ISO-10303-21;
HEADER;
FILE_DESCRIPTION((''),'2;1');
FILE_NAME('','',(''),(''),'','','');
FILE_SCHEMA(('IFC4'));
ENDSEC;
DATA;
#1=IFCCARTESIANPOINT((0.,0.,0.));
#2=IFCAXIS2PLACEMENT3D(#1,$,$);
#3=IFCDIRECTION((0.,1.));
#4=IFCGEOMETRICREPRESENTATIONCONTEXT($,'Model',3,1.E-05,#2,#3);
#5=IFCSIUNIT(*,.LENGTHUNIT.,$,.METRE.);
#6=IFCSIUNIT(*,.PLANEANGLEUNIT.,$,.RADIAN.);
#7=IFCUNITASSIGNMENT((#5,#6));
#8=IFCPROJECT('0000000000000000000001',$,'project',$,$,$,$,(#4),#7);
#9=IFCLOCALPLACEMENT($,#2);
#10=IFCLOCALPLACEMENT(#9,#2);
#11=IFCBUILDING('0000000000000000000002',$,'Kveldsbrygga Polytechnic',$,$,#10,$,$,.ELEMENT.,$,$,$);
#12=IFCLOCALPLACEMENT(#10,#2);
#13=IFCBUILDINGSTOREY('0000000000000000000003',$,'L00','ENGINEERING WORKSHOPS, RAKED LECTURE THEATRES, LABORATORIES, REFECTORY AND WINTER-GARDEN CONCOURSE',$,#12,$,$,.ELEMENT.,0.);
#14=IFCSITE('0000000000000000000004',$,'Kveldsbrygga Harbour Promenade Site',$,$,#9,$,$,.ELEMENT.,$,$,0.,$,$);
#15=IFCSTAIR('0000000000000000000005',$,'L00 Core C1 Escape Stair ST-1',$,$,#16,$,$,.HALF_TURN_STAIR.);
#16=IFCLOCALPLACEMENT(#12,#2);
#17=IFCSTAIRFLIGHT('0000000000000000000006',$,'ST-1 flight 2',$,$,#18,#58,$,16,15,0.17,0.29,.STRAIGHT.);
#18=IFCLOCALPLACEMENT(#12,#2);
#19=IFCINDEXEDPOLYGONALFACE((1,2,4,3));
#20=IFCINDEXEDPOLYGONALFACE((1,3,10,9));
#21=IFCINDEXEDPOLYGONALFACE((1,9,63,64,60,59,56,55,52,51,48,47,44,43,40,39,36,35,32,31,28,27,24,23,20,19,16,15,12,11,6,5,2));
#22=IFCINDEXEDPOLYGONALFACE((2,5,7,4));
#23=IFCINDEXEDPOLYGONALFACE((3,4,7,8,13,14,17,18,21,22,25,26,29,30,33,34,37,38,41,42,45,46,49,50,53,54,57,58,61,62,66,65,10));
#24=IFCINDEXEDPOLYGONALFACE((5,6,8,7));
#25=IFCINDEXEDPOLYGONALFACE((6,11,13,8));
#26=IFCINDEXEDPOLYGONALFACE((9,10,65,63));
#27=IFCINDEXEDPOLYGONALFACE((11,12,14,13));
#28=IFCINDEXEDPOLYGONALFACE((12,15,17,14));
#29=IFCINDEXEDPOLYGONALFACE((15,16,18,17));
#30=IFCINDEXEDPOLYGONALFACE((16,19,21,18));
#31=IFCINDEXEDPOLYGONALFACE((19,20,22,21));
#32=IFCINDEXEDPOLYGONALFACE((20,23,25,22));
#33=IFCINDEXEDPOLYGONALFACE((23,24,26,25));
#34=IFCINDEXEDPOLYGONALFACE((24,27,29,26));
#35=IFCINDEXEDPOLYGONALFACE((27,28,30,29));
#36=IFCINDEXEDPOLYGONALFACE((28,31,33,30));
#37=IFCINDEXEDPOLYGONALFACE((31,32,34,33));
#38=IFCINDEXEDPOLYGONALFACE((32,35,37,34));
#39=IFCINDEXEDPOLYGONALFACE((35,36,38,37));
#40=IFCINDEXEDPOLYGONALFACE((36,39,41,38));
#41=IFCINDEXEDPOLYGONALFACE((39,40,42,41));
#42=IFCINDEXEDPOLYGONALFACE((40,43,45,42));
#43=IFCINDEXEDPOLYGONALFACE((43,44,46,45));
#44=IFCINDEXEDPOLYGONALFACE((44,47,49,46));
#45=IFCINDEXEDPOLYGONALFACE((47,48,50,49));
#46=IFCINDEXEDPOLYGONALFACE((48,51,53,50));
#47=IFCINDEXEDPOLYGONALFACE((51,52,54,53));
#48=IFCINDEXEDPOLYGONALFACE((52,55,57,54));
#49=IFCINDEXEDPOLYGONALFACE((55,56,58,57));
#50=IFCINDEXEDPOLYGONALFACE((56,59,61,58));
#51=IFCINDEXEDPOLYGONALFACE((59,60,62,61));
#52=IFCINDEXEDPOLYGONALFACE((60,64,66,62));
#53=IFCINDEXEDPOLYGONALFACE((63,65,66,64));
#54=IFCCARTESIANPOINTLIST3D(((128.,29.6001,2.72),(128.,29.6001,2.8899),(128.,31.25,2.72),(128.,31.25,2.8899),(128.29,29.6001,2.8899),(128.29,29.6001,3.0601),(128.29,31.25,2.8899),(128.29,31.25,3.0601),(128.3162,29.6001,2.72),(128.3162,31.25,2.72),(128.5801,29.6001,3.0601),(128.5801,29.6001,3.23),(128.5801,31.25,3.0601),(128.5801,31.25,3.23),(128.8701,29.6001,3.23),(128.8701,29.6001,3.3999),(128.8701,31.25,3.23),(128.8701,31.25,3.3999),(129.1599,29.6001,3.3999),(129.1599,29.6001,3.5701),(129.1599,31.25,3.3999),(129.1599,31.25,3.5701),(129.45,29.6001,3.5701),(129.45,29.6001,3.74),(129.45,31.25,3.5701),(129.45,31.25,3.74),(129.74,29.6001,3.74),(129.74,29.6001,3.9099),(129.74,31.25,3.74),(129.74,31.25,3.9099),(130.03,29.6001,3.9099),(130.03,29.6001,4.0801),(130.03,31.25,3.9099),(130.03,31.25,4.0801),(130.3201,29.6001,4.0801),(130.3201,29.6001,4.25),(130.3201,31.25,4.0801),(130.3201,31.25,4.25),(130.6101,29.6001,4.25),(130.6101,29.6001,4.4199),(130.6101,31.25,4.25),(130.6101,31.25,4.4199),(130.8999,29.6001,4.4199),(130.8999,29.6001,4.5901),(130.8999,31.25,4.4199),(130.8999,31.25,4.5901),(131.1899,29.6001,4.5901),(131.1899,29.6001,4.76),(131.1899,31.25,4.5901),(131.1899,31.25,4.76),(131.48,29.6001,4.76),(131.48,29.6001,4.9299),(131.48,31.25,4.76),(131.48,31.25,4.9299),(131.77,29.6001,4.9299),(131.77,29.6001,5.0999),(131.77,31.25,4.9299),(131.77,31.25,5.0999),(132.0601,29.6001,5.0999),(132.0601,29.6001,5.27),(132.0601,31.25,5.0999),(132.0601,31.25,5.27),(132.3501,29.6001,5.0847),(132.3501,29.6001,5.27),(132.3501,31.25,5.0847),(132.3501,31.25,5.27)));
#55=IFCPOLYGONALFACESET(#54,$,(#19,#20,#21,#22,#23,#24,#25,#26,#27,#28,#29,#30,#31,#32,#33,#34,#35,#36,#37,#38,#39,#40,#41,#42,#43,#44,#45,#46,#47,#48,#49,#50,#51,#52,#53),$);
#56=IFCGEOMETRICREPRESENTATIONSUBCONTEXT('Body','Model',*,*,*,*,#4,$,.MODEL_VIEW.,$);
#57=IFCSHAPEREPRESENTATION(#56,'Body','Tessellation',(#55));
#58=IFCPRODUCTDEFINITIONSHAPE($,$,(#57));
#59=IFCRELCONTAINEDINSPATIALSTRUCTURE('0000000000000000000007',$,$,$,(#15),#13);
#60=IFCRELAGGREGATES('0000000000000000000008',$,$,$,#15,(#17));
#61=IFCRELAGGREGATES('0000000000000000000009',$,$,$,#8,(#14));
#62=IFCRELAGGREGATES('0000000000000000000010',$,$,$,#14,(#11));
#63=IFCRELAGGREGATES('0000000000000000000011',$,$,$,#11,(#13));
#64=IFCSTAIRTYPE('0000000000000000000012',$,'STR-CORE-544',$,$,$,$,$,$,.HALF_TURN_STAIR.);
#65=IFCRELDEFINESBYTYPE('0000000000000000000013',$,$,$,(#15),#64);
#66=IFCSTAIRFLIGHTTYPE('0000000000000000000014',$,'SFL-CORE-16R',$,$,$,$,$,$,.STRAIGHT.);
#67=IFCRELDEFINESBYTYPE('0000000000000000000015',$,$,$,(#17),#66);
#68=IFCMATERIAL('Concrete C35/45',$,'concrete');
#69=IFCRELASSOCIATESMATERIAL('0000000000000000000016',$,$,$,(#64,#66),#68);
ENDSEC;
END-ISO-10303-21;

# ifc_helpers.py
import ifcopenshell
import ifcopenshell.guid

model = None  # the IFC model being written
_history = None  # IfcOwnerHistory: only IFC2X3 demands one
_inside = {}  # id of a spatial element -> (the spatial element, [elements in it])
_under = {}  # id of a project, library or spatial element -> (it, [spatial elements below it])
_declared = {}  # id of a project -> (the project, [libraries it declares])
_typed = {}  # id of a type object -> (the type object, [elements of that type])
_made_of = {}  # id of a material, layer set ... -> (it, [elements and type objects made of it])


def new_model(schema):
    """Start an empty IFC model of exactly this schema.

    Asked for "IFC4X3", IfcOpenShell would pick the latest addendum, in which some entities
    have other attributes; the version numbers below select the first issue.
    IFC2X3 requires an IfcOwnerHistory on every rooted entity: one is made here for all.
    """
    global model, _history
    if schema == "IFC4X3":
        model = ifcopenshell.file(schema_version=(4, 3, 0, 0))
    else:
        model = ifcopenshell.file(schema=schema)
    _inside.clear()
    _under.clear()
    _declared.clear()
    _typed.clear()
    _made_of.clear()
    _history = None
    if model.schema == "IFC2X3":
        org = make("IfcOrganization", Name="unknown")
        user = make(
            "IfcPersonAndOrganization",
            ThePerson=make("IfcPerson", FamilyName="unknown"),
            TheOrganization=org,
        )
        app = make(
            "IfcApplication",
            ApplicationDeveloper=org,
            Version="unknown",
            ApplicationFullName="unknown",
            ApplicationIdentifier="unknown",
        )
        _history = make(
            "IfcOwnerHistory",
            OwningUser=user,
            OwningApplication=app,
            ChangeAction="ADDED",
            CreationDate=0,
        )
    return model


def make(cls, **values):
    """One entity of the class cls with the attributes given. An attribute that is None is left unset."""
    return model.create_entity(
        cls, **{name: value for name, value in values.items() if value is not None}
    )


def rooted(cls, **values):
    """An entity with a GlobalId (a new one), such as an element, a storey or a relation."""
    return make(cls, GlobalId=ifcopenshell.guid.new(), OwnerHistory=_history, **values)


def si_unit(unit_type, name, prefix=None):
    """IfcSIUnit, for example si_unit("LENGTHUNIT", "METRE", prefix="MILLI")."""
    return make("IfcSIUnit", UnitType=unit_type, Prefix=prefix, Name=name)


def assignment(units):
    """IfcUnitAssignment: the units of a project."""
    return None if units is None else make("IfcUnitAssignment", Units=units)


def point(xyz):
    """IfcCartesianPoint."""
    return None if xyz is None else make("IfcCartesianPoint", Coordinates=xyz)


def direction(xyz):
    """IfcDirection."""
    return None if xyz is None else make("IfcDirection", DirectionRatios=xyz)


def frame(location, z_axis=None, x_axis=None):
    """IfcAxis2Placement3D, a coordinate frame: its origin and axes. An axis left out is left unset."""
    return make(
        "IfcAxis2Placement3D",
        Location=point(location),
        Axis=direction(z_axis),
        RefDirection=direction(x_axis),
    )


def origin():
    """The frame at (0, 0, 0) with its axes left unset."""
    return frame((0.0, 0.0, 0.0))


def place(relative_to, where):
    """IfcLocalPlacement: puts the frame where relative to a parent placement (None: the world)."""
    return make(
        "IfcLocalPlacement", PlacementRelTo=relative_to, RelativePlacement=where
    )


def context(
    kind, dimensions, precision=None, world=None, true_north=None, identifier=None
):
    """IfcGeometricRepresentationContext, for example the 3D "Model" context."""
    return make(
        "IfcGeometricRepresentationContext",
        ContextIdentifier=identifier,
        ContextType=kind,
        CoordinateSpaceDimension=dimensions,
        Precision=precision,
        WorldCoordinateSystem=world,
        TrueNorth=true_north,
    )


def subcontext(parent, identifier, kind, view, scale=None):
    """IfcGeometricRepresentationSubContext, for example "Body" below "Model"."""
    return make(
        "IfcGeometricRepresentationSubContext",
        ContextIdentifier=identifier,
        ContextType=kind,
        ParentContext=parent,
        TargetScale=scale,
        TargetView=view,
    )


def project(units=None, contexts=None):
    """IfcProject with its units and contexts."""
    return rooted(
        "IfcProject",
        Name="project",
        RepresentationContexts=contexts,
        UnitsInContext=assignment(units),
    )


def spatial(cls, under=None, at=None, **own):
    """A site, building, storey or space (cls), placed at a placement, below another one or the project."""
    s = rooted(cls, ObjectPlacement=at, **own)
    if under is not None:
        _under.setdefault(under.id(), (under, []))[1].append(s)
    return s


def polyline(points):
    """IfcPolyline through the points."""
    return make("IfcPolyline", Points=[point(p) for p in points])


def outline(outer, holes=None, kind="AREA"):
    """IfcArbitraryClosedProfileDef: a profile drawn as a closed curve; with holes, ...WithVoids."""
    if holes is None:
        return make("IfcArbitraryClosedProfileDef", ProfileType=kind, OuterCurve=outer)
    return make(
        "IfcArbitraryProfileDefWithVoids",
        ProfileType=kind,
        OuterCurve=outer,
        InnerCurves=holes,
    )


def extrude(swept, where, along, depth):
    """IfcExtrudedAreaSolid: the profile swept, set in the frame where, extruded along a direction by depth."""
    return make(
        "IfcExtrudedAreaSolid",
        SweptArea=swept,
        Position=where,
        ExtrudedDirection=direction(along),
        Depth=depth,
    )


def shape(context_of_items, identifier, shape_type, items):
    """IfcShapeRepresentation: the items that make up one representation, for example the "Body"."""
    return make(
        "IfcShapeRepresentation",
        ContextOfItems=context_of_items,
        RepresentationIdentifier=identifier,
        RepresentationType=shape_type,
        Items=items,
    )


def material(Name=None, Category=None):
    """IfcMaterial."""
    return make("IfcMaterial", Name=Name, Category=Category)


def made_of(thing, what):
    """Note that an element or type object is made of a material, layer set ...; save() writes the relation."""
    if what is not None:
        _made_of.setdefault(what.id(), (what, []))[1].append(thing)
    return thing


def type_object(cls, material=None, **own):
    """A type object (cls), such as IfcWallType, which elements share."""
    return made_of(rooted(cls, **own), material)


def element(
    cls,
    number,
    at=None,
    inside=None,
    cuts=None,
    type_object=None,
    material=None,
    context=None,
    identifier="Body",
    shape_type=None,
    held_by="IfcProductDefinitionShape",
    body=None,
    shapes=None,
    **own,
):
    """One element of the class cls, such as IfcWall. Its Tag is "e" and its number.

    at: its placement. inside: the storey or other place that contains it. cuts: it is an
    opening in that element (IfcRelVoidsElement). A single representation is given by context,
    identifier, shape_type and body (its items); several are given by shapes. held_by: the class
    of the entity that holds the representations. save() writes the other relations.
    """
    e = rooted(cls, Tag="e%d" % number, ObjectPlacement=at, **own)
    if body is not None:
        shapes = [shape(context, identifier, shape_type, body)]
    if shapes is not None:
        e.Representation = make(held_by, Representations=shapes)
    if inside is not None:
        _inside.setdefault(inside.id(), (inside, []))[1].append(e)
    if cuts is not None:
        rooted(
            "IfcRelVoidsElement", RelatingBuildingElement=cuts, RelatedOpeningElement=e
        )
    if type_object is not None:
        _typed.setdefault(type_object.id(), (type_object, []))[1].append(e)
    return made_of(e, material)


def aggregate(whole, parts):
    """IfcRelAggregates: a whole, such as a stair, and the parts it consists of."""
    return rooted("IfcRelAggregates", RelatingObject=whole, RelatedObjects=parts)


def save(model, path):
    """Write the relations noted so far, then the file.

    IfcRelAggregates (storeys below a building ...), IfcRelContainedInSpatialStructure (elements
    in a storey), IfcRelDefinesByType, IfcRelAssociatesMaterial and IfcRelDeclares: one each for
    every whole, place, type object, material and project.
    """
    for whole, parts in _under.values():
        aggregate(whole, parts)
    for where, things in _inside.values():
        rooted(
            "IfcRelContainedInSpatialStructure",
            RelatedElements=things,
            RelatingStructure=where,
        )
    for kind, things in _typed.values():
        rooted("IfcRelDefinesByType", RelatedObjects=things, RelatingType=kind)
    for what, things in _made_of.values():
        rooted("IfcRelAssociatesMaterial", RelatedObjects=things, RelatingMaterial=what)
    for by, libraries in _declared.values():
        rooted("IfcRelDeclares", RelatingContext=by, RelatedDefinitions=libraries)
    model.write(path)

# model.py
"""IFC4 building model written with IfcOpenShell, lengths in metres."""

from ifc_helpers import new_model, si_unit, direction, frame, origin, place, context, subcontext, project, spatial, polyline, outline, extrude, material, type_object, element, aggregate, save


model = new_model("IFC4")

# Units and contexts
model_context = context("Model", 3, precision=1e-05, world=origin(), true_north=direction((0.0, 1.0)))
body_context = subcontext(model_context, "Body", "Model", "MODEL_VIEW")
ifc_project = project(units=[si_unit("LENGTHUNIT", "METRE"), si_unit("PLANEANGLEUNIT", "RADIAN")], contexts=[model_context])

# Site, building, storey
site_placement = place(None, origin())
site = spatial("IfcSite", under=ifc_project, at=site_placement, Name="Kveldsbrygga Harbour Promenade Site", CompositionType="ELEMENT", RefElevation=0.0)
building_placement = place(site_placement, origin())
building = spatial("IfcBuilding", under=site, at=building_placement, Name="Kveldsbrygga Polytechnic", CompositionType="ELEMENT")
storey_placement = place(building_placement, origin())
storey = spatial("IfcBuildingStorey", under=building, at=storey_placement, Name="L00", Description="ENGINEERING WORKSHOPS, RAKED LECTURE THEATRES, LABORATORIES, REFECTORY AND WINTER-GARDEN CONCOURSE", CompositionType="ELEMENT", Elevation=0.0)

# Shared definitions
ifc_material_1 = material(Name="Concrete C35/45", Category="concrete")

# Stair, stair flight
stair_type = type_object("IfcStairType", Name="STR-CORE-544", PredefinedType="HALF_TURN_STAIR", material=ifc_material_1)
stair_placement = place(storey_placement, origin())
stair = element("IfcStair", 1, at=stair_placement, inside=storey, type_object=stair_type, Name="L00 Core C1 Escape Stair ST-1", PredefinedType="HALF_TURN_STAIR")
stair_flight_type = type_object("IfcStairFlightType", Name="SFL-CORE-16R", PredefinedType="STRAIGHT", material=ifc_material_1)
stair_flight_1_placement = place(storey_placement, frame((128.0, 30.425, 2.72), z_axis=(0.0, 0.0, 1.0), x_axis=(1.0, 0.0, 0.0)))
stair_flight_1 = element("IfcStairFlight", 2, at=stair_flight_1_placement, type_object=stair_flight_type, Name="ST-1 flight 2", NumberOfRisers=16, NumberOfTreads=15, PredefinedType="STRAIGHT", RiserHeight=0.17, TreadLength=0.29, context=body_context, shape_type="SweptSolid", body=[
    extrude(outline(polyline([(0.0, 0.0), (0.0, 0.1699), (0.29, 0.1699), (0.29, 0.3401), (0.5801, 0.3401), (0.5801, 0.51), (0.8701, 0.51), (0.8701, 0.6799), (1.1599, 0.6799), (1.1599, 0.8501), (1.45, 0.8501), (1.45, 1.02), (1.74, 1.02), (1.74, 1.1899), (2.03, 1.1899), (2.03, 1.3601), (2.3201, 1.3601), (2.3201, 1.53), (2.6101, 1.53), (2.6101, 1.7), (2.8999, 1.7), (2.8999, 1.8701), (3.1899, 1.8701), (3.1899, 2.04), (3.48, 2.04), (3.48, 2.21), (3.77, 2.21), (3.77, 2.3799), (4.0601, 2.3799), (4.0601, 2.55), (4.3501, 2.55), (4.3501, 2.72), (4.3501, 2.3647), (0.3162, 0.0), (0.0, 0.0)])), frame((0.0, 0.825, 0.0), z_axis=(0.0, -1.0, 0.0), x_axis=(1.0, 0.0, 0.0)), (0.0, 0.0, 1.0), 1.6499),
])
aggregate(stair, [stair_flight_1])

save(model, "model.ifc")
